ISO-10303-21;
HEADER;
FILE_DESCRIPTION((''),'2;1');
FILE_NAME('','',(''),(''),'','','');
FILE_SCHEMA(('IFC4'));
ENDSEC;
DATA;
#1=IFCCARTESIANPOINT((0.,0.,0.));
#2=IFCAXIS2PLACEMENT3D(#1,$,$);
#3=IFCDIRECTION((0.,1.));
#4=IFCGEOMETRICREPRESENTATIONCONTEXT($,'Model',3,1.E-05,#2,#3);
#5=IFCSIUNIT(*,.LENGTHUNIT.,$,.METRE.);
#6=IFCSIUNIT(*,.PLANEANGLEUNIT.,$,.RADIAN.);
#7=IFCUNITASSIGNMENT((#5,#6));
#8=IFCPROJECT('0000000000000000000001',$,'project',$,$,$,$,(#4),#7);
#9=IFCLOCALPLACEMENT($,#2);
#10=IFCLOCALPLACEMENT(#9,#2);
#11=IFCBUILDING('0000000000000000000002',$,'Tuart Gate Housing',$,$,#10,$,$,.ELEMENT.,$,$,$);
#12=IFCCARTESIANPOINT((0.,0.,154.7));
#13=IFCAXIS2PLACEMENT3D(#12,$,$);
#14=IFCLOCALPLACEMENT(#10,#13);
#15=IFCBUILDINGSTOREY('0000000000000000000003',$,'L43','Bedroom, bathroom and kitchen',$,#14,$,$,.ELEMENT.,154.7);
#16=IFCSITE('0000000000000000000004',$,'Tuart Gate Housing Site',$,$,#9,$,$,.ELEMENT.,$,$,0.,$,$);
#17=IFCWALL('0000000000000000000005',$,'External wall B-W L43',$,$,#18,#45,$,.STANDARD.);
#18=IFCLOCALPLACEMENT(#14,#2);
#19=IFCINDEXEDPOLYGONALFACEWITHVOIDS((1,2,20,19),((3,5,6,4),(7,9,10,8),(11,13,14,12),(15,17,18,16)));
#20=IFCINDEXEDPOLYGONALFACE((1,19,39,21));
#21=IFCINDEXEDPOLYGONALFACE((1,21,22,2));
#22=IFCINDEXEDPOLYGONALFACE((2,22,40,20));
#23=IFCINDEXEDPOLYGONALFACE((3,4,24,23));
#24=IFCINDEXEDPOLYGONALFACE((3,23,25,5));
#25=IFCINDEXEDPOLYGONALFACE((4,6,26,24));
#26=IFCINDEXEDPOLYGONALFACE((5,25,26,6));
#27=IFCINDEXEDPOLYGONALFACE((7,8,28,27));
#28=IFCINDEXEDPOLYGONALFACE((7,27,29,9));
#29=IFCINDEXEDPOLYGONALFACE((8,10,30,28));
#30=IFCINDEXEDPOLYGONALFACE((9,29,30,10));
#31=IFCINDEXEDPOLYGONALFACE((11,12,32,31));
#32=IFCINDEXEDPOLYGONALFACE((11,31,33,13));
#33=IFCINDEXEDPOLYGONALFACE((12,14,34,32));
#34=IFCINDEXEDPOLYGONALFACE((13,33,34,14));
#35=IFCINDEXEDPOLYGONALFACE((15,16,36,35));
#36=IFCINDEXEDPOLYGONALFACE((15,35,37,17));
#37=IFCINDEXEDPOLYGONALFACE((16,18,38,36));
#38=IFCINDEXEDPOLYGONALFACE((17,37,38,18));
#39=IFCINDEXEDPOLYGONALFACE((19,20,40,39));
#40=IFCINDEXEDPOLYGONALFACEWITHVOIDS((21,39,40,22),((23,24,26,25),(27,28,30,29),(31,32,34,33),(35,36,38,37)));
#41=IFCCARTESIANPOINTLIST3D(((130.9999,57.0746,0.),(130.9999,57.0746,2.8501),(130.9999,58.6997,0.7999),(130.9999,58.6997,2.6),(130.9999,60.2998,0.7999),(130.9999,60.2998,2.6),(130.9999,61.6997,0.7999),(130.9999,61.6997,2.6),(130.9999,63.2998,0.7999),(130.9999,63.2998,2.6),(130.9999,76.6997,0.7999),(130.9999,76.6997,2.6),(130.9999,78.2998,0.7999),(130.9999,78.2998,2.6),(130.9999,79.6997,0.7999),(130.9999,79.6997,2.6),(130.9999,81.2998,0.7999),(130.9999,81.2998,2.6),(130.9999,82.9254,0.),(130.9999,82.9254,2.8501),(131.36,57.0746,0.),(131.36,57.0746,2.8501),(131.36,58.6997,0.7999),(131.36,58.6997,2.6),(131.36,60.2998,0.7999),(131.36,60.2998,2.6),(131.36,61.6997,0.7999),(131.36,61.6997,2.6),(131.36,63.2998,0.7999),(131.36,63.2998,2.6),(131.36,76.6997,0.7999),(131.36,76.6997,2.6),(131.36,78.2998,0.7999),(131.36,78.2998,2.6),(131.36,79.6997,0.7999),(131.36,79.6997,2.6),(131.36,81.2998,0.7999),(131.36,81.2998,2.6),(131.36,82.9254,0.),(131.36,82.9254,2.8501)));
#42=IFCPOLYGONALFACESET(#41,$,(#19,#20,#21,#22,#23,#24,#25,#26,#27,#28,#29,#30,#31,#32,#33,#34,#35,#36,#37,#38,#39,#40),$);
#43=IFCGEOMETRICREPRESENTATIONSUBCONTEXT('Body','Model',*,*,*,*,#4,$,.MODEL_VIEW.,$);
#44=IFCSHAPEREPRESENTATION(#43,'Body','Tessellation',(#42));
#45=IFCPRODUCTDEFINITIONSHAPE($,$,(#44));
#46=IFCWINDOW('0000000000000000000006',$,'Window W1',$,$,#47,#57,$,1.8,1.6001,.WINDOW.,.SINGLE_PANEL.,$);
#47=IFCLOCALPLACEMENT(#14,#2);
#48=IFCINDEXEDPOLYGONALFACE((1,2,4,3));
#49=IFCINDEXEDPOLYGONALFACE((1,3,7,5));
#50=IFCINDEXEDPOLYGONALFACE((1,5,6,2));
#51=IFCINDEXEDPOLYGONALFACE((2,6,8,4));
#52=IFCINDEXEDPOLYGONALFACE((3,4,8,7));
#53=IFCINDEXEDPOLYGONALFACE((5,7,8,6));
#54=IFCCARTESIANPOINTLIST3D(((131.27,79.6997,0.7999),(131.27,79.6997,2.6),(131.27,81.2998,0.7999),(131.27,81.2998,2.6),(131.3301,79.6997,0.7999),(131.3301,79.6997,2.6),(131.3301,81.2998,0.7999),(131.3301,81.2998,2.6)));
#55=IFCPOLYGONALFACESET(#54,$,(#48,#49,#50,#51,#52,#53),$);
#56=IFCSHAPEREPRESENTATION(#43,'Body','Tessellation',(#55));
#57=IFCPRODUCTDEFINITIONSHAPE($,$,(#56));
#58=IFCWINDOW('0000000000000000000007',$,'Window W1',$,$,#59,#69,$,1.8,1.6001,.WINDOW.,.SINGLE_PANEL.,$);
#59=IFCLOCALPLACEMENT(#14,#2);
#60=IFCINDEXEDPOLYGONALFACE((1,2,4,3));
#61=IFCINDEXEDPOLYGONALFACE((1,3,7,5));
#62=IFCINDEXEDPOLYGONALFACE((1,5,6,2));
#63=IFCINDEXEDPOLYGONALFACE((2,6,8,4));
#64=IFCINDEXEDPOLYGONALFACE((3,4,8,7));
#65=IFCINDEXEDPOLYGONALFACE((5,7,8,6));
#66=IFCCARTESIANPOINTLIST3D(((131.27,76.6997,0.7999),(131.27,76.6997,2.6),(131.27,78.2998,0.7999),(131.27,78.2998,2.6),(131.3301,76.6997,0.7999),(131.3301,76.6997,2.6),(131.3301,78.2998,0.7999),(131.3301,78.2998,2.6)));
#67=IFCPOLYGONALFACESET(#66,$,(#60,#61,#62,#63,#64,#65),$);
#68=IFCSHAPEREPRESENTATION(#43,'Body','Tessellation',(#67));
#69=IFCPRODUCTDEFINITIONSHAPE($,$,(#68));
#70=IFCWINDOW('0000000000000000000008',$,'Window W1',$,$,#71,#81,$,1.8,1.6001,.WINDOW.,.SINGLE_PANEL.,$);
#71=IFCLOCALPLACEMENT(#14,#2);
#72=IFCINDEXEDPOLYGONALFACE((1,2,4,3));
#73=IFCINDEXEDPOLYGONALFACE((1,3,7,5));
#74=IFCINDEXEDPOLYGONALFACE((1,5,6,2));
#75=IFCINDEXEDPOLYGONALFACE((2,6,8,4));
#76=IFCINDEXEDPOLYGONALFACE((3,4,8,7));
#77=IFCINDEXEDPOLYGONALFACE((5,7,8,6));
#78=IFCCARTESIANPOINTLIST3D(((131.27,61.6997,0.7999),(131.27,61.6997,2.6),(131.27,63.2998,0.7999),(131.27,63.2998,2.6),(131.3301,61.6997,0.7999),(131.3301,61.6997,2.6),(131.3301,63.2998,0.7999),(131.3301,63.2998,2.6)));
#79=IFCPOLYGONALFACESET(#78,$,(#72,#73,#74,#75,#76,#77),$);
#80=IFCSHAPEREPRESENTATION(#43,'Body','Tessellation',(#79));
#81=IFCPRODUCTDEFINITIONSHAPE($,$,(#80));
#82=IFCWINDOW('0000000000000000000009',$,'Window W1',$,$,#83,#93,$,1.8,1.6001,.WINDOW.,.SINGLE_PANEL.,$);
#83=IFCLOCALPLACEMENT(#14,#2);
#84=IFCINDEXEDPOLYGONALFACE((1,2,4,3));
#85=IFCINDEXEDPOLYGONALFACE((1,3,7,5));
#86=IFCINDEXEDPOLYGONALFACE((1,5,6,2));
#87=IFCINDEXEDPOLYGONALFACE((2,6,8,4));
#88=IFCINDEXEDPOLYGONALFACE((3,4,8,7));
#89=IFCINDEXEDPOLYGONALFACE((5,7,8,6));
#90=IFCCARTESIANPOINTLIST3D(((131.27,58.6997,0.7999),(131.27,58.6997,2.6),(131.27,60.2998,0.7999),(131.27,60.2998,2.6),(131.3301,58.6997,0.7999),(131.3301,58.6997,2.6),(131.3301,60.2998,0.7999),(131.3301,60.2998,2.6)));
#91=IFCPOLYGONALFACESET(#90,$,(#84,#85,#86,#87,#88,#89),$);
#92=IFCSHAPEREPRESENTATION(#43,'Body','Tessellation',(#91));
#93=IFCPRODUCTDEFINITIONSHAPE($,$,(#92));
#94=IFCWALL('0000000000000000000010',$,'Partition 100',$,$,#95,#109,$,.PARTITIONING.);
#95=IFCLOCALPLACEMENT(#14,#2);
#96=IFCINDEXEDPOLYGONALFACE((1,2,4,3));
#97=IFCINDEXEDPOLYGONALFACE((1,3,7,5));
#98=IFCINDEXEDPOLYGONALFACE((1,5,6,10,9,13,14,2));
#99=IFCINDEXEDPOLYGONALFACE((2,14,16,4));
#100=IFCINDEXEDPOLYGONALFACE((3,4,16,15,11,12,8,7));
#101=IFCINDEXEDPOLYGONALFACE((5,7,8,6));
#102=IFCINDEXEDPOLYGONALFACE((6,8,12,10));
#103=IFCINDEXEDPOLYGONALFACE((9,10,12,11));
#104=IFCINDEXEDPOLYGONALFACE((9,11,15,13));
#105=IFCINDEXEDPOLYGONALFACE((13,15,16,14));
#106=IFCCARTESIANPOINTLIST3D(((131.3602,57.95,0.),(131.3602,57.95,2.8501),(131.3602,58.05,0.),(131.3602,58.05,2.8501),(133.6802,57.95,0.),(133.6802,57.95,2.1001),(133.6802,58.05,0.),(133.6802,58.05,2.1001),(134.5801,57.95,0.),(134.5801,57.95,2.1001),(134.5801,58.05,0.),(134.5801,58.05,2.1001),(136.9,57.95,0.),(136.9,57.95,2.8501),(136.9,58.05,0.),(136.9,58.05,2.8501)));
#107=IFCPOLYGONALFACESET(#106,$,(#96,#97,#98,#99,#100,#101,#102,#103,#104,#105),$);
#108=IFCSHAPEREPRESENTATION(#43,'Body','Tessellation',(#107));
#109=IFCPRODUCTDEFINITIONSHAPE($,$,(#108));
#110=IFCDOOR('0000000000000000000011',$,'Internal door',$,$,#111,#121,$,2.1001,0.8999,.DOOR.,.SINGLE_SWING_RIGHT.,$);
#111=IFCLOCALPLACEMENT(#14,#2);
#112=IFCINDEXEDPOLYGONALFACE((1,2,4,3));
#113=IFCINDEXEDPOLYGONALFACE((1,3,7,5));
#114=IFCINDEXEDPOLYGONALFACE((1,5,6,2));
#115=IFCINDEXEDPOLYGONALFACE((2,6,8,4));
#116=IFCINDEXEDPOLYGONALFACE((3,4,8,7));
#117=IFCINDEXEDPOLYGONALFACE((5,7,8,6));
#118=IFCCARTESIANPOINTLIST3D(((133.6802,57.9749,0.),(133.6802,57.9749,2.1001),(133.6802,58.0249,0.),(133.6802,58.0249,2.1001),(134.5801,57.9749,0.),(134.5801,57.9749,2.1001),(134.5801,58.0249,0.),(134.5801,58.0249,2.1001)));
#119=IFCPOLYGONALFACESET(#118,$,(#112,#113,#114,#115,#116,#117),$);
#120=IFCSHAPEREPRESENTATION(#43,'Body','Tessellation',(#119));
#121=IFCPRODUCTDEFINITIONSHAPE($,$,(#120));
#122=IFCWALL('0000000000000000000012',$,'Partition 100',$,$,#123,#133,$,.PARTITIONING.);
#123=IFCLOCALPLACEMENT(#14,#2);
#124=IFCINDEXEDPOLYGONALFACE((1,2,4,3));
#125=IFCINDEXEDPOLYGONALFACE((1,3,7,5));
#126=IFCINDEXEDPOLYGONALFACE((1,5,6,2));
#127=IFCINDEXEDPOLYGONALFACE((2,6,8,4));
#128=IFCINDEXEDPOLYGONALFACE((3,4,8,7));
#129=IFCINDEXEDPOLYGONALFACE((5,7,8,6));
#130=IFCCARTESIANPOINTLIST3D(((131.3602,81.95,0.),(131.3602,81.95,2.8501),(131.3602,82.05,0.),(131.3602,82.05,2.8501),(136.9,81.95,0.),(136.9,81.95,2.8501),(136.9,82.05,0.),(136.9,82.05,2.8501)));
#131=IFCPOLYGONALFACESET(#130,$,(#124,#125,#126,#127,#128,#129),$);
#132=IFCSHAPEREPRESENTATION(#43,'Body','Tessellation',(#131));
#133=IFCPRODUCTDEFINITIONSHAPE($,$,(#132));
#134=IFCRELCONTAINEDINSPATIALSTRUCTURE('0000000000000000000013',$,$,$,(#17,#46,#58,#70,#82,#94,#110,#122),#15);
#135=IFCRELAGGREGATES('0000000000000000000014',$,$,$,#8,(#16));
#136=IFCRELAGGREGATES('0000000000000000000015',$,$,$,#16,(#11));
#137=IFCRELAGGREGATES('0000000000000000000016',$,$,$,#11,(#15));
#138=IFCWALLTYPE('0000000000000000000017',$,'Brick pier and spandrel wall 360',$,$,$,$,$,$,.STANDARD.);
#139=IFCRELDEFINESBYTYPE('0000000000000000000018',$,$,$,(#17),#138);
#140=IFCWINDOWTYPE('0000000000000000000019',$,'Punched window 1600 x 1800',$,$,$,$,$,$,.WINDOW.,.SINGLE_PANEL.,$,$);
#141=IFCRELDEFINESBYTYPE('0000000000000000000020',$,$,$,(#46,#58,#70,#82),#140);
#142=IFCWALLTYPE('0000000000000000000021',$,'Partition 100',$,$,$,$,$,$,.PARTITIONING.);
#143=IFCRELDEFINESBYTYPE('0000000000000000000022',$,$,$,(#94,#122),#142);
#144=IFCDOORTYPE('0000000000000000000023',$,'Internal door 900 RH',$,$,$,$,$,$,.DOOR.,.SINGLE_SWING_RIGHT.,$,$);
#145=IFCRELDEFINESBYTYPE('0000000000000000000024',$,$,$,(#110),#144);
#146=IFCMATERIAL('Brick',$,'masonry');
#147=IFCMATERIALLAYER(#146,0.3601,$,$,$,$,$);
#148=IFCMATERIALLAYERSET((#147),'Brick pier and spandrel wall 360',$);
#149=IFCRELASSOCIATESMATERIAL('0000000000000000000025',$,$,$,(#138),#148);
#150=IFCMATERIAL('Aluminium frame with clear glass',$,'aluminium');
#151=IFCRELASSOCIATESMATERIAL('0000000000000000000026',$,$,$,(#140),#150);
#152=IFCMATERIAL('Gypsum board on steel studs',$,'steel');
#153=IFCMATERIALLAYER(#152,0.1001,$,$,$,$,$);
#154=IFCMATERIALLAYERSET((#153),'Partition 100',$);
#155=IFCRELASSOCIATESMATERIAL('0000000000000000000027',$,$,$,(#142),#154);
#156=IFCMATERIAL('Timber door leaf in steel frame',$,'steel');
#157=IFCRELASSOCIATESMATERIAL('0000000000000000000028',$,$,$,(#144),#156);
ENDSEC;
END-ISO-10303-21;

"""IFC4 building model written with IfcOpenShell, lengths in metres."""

from ifc_helpers import new_model, si_unit, direction, frame, frame_2d, origin, place, context, subcontext, project, spatial, rectangle, extrude, material, layer, layer_set, type_object, element, fill, save


model = new_model("IFC4")

# Units and contexts
model_context = context("Model", 3, precision=1e-05, world=origin(), true_north=direction((0.0, 1.0)))
body_context = subcontext(model_context, "Body", "Model", "MODEL_VIEW")
ifc_project = project(units=[si_unit("LENGTHUNIT", "METRE"), si_unit("PLANEANGLEUNIT", "RADIAN")], contexts=[model_context])

# Site, building, storey
site_placement = place(None, origin())
site = spatial("IfcSite", under=ifc_project, at=site_placement, Name="Tuart Gate Housing Site", CompositionType="ELEMENT", RefElevation=0.0)
building_placement = place(site_placement, origin())
building = spatial("IfcBuilding", under=site, at=building_placement, Name="Tuart Gate Housing", CompositionType="ELEMENT")
storey_placement = place(building_placement, frame((0.0, 0.0, 154.7)))
storey = spatial("IfcBuildingStorey", under=building, at=storey_placement, Name="L43", Description="Bedroom, bathroom and kitchen", CompositionType="ELEMENT", Elevation=154.7)

# Shared definitions
ifc_material_1 = material(Name="Brick", Category="masonry")
ifc_layer_1 = layer(ifc_material_1, 0.3601)
ifc_layer_set_1 = layer_set([ifc_layer_1], Name="Brick pier and spandrel wall 360")
wall_type_1 = type_object("IfcWallType", Name="Brick pier and spandrel wall 360", PredefinedType="STANDARD", material=ifc_layer_set_1)
ifc_material_2 = material(Name="Aluminium frame with clear glass", Category="aluminium")
window_type = type_object("IfcWindowType", Name="Punched window 1600 x 1800", PartitioningType="SINGLE_PANEL", PredefinedType="WINDOW", material=ifc_material_2)

# Wall, openings, windows
wall_1_placement = place(storey_placement, frame((131.1799, 82.9253, 0.0), z_axis=(0.0, 0.0, 1.0), x_axis=(0.0, -1.0, 0.0)))
wall_1 = element("IfcWall", 1, at=wall_1_placement, inside=storey, type_object=wall_type_1, Name="External wall B-W L43", PredefinedType="STANDARD", context=body_context, shape_type="SweptSolid", body=[
    extrude(rectangle(XDim=25.8508, YDim=0.3601, at=frame_2d((12.9253, 0.0))), origin(), (0.0, 0.0, 1.0), 2.8501),
])
opening_1_placement = place(wall_1_placement, frame((1.6255, 0.0, 0.8)))
opening_1 = element("IfcOpeningElement", 2, at=opening_1_placement, cuts=wall_1, PredefinedType="OPENING", context=body_context, shape_type="SweptSolid", body=[
    extrude(rectangle(XDim=1.6001, YDim=1.8, at=frame_2d((0.8, 0.8999))), frame((0.0, 0.1899, 0.0), z_axis=(0.0, -1.0, 0.0), x_axis=(1.0, 0.0, 0.0)), (0.0, 0.0, 1.0), 0.3801),
])
opening_2_placement = place(wall_1_placement, frame((4.6255, 0.0, 0.8)))
opening_2 = element("IfcOpeningElement", 3, at=opening_2_placement, cuts=wall_1, PredefinedType="OPENING", context=body_context, shape_type="SweptSolid", body=[
    extrude(rectangle(XDim=1.6001, YDim=1.8, at=frame_2d((0.8, 0.8999))), frame((0.0, 0.1899, 0.0), z_axis=(0.0, -1.0, 0.0), x_axis=(1.0, 0.0, 0.0)), (0.0, 0.0, 1.0), 0.3801),
])
opening_3_placement = place(wall_1_placement, frame((19.6255, 0.0, 0.8)))
opening_3 = element("IfcOpeningElement", 4, at=opening_3_placement, cuts=wall_1, PredefinedType="OPENING", context=body_context, shape_type="SweptSolid", body=[
    extrude(rectangle(XDim=1.6001, YDim=1.8, at=frame_2d((0.8, 0.8999))), frame((0.0, 0.1899, 0.0), z_axis=(0.0, -1.0, 0.0), x_axis=(1.0, 0.0, 0.0)), (0.0, 0.0, 1.0), 0.3801),
])
opening_4_placement = place(wall_1_placement, frame((22.6255, 0.0, 0.8)))
opening_4 = element("IfcOpeningElement", 5, at=opening_4_placement, cuts=wall_1, PredefinedType="OPENING", context=body_context, shape_type="SweptSolid", body=[
    extrude(rectangle(XDim=1.6001, YDim=1.8, at=frame_2d((0.8, 0.8999))), frame((0.0, 0.1899, 0.0), z_axis=(0.0, -1.0, 0.0), x_axis=(1.0, 0.0, 0.0)), (0.0, 0.0, 1.0), 0.3801),
])
window_1_placement = place(opening_1_placement, origin())
window_1 = element("IfcWindow", 6, at=window_1_placement, inside=storey, type_object=window_type, Name="Window W1", OverallHeight=1.8, OverallWidth=1.6001, PartitioningType="SINGLE_PANEL", PredefinedType="WINDOW", context=body_context, shape_type="SweptSolid", body=[
    extrude(rectangle(XDim=1.6001, YDim=1.8, at=frame_2d((0.8, 0.8999))), frame((0.0, 0.1501, 0.0), z_axis=(0.0, -1.0, 0.0), x_axis=(1.0, 0.0, 0.0)), (0.0, 0.0, 1.0), 0.0601),
])
fill(opening_1, window_1)
window_2_placement = place(opening_2_placement, origin())
window_2 = element("IfcWindow", 7, at=window_2_placement, inside=storey, type_object=window_type, Name="Window W1", OverallHeight=1.8, OverallWidth=1.6001, PartitioningType="SINGLE_PANEL", PredefinedType="WINDOW", context=body_context, shape_type="SweptSolid", body=[
    extrude(rectangle(XDim=1.6001, YDim=1.8, at=frame_2d((0.8, 0.8999))), frame((0.0, 0.1501, 0.0), z_axis=(0.0, -1.0, 0.0), x_axis=(1.0, 0.0, 0.0)), (0.0, 0.0, 1.0), 0.0601),
])
fill(opening_2, window_2)
window_3_placement = place(opening_3_placement, origin())
window_3 = element("IfcWindow", 8, at=window_3_placement, inside=storey, type_object=window_type, Name="Window W1", OverallHeight=1.8, OverallWidth=1.6001, PartitioningType="SINGLE_PANEL", PredefinedType="WINDOW", context=body_context, shape_type="SweptSolid", body=[
    extrude(rectangle(XDim=1.6001, YDim=1.8, at=frame_2d((0.8, 0.8999))), frame((0.0, 0.1501, 0.0), z_axis=(0.0, -1.0, 0.0), x_axis=(1.0, 0.0, 0.0)), (0.0, 0.0, 1.0), 0.0601),
])
fill(opening_3, window_3)
window_4_placement = place(opening_4_placement, origin())
window_4 = element("IfcWindow", 9, at=window_4_placement, inside=storey, type_object=window_type, Name="Window W1", OverallHeight=1.8, OverallWidth=1.6001, PartitioningType="SINGLE_PANEL", PredefinedType="WINDOW", context=body_context, shape_type="SweptSolid", body=[
    extrude(rectangle(XDim=1.6001, YDim=1.8, at=frame_2d((0.8, 0.8999))), frame((0.0, 0.1501, 0.0), z_axis=(0.0, -1.0, 0.0), x_axis=(1.0, 0.0, 0.0)), (0.0, 0.0, 1.0), 0.0601),
])
fill(opening_4, window_4)

# Wall, opening, door
ifc_material_3 = material(Name="Gypsum board on steel studs", Category="steel")
ifc_layer_2 = layer(ifc_material_3, 0.1001)
ifc_layer_set_2 = layer_set([ifc_layer_2], Name="Partition 100")
wall_type_2 = type_object("IfcWallType", Name="Partition 100", PredefinedType="PARTITIONING", material=ifc_layer_set_2)
wall_2_placement = place(storey_placement, frame((131.3601, 58.0, 0.0), z_axis=(0.0, 0.0, 1.0), x_axis=(1.0, 0.0, 0.0)))
wall_2 = element("IfcWall", 10, at=wall_2_placement, inside=storey, type_object=wall_type_2, Name="Partition 100", PredefinedType="PARTITIONING", context=body_context, shape_type="SweptSolid", body=[
    extrude(rectangle(XDim=5.5398, YDim=0.1001, at=frame_2d((2.77, 0.0))), origin(), (0.0, 0.0, 1.0), 2.8501),
])
opening_5_placement = place(wall_2_placement, frame((2.3201, 0.0, 0.0)))
opening_5 = element("IfcOpeningElement", 11, at=opening_5_placement, cuts=wall_2, PredefinedType="OPENING", context=body_context, shape_type="SweptSolid", body=[
    extrude(rectangle(XDim=0.8999, YDim=2.1001, at=frame_2d((0.45, 1.05))), frame((0.0, 0.0601, 0.0), z_axis=(0.0, -1.0, 0.0), x_axis=(1.0, 0.0, 0.0)), (0.0, 0.0, 1.0), 0.1201),
])
ifc_material_4 = material(Name="Timber door leaf in steel frame", Category="steel")
door_type = type_object("IfcDoorType", Name="Internal door 900 RH", OperationType="SINGLE_SWING_RIGHT", PredefinedType="DOOR", material=ifc_material_4)
door_placement = place(opening_5_placement, frame((0.8999, 0.0, 0.0), z_axis=(0.0, 0.0, 1.0), x_axis=(-1.0, 0.0, 0.0)))
door = element("IfcDoor", 12, at=door_placement, inside=storey, type_object=door_type, Name="Internal door", OperationType="SINGLE_SWING_RIGHT", OverallHeight=2.1001, OverallWidth=0.8999, PredefinedType="DOOR", context=body_context, shape_type="SweptSolid", body=[
    extrude(rectangle(XDim=0.8999, YDim=2.1001, at=frame_2d((0.45, 1.05))), frame((0.0, 0.0251, 0.0), z_axis=(0.0, -1.0, 0.0), x_axis=(1.0, 0.0, 0.0)), (0.0, 0.0, 1.0), 0.05),
])
fill(opening_5, door)

# Wall
wall_3_placement = place(storey_placement, frame((131.3601, 82.0, 0.0), z_axis=(0.0, 0.0, 1.0), x_axis=(1.0, 0.0, 0.0)))
element("IfcWall", 13, at=wall_3_placement, inside=storey, type_object=wall_type_2, Name="Partition 100", PredefinedType="PARTITIONING", context=body_context, shape_type="SweptSolid", body=[
    extrude(rectangle(XDim=5.5398, YDim=0.1001, at=frame_2d((2.77, 0.0))), origin(), (0.0, 0.0, 1.0), 2.8501),
])

save(model, "model.ifc")
